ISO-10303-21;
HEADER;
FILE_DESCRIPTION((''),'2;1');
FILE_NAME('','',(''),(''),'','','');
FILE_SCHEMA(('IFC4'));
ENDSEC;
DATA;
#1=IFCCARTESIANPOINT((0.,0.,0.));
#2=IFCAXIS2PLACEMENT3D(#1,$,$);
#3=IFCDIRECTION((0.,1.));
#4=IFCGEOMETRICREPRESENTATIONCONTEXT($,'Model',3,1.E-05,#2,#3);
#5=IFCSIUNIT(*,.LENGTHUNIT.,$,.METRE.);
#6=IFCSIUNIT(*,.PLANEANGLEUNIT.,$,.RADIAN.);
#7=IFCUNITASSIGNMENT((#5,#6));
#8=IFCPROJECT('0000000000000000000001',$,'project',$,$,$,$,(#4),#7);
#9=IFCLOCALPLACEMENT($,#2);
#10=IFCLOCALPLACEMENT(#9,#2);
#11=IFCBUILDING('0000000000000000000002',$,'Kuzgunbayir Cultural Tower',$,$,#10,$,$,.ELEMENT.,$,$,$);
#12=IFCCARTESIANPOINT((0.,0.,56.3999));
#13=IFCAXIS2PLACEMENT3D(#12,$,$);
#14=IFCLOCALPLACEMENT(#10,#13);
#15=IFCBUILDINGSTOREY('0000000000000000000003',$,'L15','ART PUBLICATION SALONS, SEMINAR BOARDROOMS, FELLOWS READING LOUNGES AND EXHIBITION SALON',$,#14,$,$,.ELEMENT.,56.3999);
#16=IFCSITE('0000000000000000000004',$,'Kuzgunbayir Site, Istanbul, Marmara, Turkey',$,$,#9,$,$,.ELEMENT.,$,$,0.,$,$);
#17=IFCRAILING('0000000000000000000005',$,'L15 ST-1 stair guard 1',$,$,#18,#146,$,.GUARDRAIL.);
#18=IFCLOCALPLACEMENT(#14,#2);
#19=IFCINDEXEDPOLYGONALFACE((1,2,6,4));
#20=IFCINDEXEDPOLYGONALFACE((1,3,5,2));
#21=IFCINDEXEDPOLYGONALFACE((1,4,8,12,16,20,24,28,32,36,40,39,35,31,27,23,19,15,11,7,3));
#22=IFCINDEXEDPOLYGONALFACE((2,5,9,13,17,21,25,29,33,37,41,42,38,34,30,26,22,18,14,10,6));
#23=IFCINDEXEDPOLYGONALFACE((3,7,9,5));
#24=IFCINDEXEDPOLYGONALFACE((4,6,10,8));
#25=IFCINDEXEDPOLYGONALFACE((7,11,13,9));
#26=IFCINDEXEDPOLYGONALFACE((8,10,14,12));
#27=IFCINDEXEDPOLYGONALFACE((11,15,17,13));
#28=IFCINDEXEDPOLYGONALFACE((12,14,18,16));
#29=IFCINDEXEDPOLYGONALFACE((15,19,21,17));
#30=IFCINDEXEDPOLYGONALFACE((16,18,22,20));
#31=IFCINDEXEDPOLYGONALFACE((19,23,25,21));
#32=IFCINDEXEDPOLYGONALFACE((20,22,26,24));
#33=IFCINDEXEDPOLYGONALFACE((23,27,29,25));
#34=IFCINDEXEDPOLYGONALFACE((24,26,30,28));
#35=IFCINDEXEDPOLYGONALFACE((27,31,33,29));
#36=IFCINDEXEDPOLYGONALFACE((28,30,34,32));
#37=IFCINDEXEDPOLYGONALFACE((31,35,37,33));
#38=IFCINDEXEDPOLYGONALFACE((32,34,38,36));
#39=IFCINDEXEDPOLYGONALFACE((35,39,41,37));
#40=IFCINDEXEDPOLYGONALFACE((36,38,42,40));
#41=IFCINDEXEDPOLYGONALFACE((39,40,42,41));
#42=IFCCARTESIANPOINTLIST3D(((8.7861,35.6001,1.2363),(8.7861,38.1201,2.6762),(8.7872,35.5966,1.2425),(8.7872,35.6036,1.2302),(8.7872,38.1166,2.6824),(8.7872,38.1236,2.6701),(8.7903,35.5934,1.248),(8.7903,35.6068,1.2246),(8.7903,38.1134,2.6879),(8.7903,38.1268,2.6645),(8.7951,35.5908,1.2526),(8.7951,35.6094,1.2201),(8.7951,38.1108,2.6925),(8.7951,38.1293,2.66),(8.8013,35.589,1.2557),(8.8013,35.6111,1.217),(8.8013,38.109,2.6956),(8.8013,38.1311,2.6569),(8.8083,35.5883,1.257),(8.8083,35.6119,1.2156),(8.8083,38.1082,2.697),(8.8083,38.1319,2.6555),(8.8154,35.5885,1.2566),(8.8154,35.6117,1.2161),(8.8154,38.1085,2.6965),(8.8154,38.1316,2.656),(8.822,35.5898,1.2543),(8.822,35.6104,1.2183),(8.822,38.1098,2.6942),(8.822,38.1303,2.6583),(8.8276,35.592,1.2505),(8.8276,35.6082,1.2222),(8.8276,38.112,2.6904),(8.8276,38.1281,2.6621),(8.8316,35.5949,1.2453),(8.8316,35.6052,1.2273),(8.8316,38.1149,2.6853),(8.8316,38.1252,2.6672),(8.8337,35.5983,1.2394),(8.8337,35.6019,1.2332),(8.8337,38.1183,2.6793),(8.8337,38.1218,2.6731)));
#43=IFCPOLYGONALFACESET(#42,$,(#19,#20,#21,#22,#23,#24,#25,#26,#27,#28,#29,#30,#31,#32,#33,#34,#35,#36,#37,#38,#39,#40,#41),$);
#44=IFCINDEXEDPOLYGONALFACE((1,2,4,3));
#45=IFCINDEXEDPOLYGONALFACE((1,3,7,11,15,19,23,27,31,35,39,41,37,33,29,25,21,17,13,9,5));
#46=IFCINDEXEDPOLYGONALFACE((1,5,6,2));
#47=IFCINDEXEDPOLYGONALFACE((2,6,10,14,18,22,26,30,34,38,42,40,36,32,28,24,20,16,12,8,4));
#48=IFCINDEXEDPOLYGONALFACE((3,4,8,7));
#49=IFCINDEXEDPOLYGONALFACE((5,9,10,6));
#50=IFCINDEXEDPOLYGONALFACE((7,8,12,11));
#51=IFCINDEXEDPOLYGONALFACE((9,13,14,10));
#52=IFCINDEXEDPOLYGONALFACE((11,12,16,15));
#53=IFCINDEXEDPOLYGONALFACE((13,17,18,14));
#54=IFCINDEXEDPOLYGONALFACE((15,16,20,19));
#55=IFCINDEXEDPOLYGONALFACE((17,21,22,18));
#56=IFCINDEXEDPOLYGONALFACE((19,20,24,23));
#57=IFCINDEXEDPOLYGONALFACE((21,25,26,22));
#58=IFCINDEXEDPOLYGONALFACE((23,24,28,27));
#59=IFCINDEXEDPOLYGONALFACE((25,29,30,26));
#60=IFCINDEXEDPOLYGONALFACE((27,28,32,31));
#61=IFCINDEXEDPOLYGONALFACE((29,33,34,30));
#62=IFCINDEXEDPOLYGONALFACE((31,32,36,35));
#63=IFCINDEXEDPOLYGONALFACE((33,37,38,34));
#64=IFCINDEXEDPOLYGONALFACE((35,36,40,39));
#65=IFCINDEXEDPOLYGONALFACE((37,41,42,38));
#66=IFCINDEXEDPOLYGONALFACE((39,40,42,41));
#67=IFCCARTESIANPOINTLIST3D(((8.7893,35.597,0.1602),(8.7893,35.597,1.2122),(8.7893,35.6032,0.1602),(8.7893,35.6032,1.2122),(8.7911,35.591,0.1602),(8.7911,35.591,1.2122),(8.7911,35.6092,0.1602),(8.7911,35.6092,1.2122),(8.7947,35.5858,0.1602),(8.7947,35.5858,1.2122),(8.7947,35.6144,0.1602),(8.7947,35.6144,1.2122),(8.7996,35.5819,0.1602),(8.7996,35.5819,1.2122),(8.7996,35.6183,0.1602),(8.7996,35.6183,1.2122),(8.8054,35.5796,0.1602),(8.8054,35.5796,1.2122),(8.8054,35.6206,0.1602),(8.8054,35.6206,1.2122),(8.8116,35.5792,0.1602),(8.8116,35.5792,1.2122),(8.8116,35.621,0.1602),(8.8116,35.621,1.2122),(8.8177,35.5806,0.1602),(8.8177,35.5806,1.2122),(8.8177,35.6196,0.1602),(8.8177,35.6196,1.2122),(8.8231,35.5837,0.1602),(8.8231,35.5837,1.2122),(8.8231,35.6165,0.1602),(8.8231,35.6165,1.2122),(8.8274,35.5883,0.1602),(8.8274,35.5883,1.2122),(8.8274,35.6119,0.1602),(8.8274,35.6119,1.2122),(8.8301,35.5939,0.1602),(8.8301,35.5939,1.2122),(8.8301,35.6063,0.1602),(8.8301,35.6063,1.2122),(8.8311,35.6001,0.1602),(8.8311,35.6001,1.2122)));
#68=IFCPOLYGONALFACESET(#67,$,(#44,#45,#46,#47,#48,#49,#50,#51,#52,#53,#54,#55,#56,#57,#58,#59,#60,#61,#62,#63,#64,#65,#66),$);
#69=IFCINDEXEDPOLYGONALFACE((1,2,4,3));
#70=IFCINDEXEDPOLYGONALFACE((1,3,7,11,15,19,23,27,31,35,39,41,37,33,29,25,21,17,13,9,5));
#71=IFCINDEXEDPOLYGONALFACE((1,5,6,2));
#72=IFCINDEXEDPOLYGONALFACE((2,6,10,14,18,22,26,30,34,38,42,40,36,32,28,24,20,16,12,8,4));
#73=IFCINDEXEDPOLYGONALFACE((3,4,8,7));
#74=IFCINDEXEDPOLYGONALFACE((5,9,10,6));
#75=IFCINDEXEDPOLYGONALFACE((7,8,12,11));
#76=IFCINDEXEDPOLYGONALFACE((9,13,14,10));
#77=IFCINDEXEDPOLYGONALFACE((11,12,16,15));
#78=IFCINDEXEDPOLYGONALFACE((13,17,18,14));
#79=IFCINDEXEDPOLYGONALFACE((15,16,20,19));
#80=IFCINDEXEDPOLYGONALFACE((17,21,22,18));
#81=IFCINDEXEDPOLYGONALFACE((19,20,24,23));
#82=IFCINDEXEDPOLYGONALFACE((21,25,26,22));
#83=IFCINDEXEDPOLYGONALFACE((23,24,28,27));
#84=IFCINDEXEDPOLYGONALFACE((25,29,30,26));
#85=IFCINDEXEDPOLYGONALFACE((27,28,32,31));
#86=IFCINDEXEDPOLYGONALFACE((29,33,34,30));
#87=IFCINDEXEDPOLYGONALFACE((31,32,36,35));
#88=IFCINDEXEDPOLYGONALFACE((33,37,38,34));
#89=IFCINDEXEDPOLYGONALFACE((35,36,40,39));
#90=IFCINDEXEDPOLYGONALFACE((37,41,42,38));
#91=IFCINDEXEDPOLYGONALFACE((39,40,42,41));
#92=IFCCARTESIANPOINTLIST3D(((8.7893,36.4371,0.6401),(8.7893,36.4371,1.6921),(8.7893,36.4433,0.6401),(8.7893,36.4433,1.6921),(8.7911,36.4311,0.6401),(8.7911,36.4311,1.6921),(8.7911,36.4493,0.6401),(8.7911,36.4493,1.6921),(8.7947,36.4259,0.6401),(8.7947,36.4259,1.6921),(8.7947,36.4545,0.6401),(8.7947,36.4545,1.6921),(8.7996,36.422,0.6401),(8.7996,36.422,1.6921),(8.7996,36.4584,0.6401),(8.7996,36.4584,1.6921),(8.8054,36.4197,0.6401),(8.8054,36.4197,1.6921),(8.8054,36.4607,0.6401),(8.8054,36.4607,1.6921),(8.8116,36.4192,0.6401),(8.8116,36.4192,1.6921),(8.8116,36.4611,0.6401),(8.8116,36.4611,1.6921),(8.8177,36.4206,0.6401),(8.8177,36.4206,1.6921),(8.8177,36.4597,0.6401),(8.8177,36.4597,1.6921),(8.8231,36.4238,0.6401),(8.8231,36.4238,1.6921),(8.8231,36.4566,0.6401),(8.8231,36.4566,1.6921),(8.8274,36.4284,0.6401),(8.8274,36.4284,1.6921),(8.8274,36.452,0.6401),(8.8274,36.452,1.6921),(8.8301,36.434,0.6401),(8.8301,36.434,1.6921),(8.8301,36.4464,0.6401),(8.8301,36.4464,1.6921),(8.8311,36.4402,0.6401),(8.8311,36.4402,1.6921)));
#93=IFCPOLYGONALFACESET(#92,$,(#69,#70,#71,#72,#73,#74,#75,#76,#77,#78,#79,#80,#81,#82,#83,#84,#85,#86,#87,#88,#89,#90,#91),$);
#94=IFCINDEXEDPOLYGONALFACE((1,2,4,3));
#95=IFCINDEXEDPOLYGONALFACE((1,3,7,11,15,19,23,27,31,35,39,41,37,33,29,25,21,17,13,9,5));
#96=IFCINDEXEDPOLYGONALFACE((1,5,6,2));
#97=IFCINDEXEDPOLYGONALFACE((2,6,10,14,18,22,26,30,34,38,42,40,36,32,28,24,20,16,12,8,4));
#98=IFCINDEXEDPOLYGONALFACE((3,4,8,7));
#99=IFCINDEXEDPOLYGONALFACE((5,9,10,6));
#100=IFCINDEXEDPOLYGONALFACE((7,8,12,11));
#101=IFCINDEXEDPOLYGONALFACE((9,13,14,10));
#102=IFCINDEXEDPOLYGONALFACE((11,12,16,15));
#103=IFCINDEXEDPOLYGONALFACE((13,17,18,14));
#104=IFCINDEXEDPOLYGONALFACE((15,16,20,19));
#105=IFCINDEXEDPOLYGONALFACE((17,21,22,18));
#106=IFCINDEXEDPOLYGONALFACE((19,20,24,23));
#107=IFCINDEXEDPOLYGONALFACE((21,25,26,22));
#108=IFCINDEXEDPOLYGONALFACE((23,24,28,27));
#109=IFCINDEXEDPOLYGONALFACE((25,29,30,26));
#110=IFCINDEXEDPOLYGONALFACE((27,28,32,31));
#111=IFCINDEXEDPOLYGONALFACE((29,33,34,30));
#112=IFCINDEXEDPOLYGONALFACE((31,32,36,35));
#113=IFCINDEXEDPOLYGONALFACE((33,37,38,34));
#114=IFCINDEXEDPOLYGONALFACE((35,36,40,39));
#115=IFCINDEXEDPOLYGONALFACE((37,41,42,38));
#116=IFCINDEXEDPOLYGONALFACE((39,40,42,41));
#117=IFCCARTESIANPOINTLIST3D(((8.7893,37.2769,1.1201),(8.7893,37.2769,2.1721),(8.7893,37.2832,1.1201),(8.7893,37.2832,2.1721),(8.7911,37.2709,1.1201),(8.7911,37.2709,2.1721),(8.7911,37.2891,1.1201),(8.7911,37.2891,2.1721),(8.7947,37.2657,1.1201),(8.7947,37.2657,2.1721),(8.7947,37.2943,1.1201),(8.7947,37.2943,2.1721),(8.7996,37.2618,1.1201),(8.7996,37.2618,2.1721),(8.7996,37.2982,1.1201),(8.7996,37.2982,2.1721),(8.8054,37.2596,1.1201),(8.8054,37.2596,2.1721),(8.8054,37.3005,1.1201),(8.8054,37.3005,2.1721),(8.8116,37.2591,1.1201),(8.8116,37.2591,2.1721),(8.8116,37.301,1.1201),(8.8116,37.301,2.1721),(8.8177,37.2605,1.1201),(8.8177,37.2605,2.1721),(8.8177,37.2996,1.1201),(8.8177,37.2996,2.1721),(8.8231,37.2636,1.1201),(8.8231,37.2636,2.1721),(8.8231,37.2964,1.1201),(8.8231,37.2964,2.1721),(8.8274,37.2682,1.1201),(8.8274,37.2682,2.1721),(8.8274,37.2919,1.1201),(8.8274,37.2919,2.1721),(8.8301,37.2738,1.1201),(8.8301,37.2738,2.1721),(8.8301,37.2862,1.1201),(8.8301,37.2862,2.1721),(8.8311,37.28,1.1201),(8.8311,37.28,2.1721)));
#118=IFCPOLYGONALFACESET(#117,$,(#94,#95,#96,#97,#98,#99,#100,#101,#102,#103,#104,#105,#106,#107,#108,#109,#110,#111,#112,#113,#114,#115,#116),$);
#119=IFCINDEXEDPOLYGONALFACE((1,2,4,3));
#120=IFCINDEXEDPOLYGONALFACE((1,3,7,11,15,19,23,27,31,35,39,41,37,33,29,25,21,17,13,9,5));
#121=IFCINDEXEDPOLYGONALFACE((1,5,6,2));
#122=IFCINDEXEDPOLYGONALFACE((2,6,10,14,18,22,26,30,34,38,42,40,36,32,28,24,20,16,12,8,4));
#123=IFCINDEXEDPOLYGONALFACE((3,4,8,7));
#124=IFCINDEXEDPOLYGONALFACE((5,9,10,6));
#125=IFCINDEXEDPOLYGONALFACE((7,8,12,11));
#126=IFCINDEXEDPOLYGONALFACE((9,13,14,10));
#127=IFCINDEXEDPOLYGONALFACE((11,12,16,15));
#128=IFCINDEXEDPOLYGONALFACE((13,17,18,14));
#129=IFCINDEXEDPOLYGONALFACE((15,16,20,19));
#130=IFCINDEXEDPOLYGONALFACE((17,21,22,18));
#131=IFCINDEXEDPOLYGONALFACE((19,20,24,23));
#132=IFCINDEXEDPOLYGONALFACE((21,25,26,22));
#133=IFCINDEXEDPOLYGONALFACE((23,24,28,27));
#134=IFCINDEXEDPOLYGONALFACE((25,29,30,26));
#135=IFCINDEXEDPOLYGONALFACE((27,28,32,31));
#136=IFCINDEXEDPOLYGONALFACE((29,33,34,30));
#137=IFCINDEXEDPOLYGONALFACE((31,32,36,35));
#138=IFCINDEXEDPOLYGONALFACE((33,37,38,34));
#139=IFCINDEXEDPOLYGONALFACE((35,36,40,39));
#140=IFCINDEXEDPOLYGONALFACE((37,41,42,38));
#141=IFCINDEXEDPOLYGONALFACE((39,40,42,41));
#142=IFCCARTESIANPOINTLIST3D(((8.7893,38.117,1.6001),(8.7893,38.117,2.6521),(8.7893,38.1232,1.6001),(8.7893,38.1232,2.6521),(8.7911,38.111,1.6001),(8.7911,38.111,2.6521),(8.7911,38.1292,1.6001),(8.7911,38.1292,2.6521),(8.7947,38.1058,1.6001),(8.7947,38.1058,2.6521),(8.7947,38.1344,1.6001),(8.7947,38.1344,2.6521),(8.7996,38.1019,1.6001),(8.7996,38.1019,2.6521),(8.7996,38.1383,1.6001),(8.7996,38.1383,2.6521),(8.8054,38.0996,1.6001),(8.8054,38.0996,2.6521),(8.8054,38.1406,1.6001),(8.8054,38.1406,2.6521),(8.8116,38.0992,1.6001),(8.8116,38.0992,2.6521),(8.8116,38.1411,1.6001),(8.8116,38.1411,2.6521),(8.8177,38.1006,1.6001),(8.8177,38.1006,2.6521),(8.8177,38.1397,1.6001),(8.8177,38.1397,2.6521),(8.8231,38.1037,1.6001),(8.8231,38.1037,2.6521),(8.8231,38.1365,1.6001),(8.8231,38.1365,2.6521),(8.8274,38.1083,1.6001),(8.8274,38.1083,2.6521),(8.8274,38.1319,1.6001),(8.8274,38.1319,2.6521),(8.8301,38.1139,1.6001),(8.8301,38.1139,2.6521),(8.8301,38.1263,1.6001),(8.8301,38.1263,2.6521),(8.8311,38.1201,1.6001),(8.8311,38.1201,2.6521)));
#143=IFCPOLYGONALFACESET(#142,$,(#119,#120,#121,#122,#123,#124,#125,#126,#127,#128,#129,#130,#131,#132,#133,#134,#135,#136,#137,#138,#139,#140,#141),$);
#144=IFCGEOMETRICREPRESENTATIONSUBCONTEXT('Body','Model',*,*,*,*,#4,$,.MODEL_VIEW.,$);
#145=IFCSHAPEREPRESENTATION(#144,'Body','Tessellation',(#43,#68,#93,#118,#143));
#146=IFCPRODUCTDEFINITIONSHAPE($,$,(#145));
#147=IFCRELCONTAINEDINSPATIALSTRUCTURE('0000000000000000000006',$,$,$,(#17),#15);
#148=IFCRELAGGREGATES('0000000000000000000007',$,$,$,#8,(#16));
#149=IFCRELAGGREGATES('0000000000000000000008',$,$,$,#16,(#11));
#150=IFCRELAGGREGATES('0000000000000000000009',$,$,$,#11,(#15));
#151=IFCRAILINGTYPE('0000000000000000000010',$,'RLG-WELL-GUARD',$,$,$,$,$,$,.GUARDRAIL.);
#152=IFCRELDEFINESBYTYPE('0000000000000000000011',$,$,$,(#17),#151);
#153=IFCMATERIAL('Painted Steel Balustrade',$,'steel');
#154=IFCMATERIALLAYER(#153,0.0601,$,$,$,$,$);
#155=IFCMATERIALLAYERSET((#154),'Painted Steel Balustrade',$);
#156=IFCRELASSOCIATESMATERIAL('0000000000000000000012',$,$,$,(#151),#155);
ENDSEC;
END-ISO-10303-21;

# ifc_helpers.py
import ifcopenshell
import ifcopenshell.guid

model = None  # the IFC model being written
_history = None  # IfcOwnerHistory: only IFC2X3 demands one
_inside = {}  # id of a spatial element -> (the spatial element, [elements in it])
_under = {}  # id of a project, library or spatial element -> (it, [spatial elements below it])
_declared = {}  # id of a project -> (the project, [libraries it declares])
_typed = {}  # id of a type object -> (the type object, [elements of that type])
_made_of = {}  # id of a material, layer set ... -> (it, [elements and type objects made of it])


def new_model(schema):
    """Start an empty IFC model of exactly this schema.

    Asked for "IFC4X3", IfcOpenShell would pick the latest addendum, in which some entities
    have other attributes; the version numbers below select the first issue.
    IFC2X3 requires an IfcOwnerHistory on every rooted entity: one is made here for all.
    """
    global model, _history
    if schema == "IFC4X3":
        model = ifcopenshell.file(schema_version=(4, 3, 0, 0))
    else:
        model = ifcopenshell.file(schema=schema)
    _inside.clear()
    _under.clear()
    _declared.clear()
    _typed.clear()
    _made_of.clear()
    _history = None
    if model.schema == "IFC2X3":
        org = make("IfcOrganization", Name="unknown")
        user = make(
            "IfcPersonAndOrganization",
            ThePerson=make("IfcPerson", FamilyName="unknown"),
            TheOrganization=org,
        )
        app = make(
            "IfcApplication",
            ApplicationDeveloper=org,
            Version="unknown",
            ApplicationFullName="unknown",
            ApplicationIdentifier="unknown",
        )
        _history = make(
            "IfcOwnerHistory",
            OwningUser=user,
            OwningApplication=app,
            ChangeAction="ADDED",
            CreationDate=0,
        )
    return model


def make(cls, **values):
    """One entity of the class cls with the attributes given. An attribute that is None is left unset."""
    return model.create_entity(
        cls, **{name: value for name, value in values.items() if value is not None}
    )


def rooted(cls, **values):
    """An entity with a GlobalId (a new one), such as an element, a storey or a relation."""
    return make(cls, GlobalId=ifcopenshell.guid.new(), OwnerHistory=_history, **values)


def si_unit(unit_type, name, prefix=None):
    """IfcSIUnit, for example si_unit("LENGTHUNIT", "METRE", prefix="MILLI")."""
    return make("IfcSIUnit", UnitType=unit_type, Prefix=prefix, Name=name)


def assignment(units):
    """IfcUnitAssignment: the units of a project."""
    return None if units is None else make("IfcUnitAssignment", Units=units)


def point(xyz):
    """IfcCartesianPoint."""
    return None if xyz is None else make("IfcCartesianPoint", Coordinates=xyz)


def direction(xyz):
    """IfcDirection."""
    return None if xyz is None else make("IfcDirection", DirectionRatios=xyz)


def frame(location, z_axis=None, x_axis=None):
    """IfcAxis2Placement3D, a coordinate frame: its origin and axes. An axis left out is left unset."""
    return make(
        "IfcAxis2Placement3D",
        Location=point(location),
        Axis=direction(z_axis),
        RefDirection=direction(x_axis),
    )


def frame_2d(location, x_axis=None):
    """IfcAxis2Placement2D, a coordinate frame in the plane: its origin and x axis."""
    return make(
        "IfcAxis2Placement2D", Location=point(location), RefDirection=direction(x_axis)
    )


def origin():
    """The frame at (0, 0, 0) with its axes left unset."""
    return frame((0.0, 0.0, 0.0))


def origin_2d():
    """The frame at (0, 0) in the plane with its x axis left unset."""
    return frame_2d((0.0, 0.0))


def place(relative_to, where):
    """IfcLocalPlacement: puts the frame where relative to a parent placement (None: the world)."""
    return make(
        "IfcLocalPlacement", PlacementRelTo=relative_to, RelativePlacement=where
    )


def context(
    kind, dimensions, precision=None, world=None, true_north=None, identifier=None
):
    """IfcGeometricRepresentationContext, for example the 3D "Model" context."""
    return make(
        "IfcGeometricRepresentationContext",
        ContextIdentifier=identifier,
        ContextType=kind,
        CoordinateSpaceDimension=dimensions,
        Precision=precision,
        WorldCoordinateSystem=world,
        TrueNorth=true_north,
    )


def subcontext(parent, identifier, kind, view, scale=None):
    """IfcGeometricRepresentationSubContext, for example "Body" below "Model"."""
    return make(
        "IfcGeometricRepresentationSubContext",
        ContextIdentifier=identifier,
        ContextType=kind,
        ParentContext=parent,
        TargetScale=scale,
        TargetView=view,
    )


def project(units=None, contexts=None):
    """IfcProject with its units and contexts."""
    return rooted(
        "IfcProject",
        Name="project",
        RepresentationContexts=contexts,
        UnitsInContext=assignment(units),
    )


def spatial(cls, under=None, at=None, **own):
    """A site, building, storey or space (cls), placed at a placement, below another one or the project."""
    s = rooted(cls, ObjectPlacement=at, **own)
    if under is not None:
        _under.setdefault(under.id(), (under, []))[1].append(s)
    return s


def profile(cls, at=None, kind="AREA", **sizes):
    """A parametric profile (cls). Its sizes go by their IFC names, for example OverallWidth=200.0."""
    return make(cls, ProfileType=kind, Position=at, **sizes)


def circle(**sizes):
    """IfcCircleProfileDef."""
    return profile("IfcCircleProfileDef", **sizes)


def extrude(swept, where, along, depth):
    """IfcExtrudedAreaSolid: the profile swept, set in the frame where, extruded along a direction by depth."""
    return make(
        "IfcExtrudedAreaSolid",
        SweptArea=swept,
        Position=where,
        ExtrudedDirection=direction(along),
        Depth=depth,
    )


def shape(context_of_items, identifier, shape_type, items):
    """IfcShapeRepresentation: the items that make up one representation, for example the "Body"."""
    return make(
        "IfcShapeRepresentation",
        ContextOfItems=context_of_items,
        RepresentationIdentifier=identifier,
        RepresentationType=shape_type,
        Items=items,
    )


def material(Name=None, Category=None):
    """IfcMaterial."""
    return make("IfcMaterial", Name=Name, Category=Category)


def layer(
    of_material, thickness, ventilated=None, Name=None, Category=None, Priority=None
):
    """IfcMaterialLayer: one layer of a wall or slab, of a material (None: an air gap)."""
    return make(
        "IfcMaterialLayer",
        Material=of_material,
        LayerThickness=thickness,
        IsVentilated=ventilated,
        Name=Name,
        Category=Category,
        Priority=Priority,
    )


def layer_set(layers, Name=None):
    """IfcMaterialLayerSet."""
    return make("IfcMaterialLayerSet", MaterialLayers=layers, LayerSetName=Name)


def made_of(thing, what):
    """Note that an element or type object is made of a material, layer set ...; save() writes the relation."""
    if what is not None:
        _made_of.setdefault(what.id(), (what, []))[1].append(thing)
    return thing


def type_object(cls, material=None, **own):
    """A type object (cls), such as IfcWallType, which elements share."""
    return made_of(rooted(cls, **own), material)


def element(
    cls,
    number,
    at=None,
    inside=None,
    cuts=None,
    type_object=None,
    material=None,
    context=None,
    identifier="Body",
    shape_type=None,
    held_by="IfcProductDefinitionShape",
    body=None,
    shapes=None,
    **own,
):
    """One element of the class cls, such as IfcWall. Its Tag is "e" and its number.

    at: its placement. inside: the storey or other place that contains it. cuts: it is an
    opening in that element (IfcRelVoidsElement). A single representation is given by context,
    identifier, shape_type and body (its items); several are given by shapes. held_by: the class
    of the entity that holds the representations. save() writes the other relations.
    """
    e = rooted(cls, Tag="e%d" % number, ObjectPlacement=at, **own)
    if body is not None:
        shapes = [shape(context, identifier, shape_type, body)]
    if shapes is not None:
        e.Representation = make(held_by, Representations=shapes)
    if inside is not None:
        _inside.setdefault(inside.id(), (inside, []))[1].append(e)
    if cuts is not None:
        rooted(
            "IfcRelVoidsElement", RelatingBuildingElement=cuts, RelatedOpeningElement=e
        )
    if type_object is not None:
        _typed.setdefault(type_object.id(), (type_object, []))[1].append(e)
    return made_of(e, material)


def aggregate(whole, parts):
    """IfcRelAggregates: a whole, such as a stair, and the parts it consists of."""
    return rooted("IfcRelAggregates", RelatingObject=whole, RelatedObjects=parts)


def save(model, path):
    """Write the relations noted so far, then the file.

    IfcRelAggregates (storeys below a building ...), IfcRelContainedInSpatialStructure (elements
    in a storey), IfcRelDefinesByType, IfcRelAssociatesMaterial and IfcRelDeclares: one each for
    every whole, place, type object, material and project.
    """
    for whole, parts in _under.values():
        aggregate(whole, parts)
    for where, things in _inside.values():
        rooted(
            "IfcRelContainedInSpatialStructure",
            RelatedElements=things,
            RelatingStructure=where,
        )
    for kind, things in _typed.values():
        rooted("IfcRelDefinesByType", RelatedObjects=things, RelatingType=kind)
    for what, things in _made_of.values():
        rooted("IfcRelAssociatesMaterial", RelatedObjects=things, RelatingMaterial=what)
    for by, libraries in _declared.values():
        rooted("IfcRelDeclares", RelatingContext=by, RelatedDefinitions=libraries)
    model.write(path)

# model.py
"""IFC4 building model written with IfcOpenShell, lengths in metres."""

from ifc_helpers import new_model, si_unit, direction, frame, origin, origin_2d, place, context, subcontext, project, spatial, circle, extrude, material, layer, layer_set, type_object, element, save


model = new_model("IFC4")

# Units and contexts
model_context = context("Model", 3, precision=1e-05, world=origin(), true_north=direction((0.0, 1.0)))
body_context = subcontext(model_context, "Body", "Model", "MODEL_VIEW")
ifc_project = project(units=[si_unit("LENGTHUNIT", "METRE"), si_unit("PLANEANGLEUNIT", "RADIAN")], contexts=[model_context])

# Site, building, storey
site_placement = place(None, origin())
site = spatial("IfcSite", under=ifc_project, at=site_placement, Name="Kuzgunbayir Site, Istanbul, Marmara, Turkey", CompositionType="ELEMENT", RefElevation=0.0)
building_placement = place(site_placement, origin())
building = spatial("IfcBuilding", under=site, at=building_placement, Name="Kuzgunbayir Cultural Tower", CompositionType="ELEMENT")
storey_placement = place(building_placement, frame((0.0, 0.0, 56.3999)))
storey = spatial("IfcBuildingStorey", under=building, at=storey_placement, Name="L15", Description="ART PUBLICATION SALONS, SEMINAR BOARDROOMS, FELLOWS READING LOUNGES AND EXHIBITION SALON", CompositionType="ELEMENT", Elevation=56.3999)

# Railing
ifc_material_1 = material(Name="Painted Steel Balustrade", Category="steel")
ifc_layer_1 = layer(ifc_material_1, 0.0601)
ifc_layer_set_1 = layer_set([ifc_layer_1], Name="Painted Steel Balustrade")
railing_type_1 = type_object("IfcRailingType", Name="RLG-WELL-GUARD", PredefinedType="GUARDRAIL", material=ifc_layer_set_1)
railing_1_placement = place(storey_placement, frame((8.8101, 35.6001, 0.1602)))
element("IfcRailing", 1, at=railing_1_placement, inside=storey, type_object=railing_type_1, Name="L15 ST-1 stair guard 1", PredefinedType="GUARDRAIL", context=body_context, shape_type="SweptSolid", body=[
    extrude(circle(Radius=0.0239, at=origin_2d()), frame((0.0, 0.0, 1.0762), z_axis=(0.0, 0.868253, 0.496121), x_axis=(-1.0, 0.0, 0.0)), (0.0, 0.0, 1.0), 2.9023),
    extrude(circle(Radius=0.021, at=origin_2d()), origin(), (0.0, 0.0, 1.0), 1.052),
    extrude(circle(Radius=0.021, at=origin_2d()), frame((0.0, 0.8401, 0.48)), (0.0, 0.0, 1.0), 1.052),
    extrude(circle(Radius=0.021, at=origin_2d()), frame((0.0, 1.6799, 0.96)), (0.0, 0.0, 1.0), 1.052),
    extrude(circle(Radius=0.021, at=origin_2d()), frame((0.0, 2.52, 1.4399)), (0.0, 0.0, 1.0), 1.052),
])

save(model, "model.ifc")
